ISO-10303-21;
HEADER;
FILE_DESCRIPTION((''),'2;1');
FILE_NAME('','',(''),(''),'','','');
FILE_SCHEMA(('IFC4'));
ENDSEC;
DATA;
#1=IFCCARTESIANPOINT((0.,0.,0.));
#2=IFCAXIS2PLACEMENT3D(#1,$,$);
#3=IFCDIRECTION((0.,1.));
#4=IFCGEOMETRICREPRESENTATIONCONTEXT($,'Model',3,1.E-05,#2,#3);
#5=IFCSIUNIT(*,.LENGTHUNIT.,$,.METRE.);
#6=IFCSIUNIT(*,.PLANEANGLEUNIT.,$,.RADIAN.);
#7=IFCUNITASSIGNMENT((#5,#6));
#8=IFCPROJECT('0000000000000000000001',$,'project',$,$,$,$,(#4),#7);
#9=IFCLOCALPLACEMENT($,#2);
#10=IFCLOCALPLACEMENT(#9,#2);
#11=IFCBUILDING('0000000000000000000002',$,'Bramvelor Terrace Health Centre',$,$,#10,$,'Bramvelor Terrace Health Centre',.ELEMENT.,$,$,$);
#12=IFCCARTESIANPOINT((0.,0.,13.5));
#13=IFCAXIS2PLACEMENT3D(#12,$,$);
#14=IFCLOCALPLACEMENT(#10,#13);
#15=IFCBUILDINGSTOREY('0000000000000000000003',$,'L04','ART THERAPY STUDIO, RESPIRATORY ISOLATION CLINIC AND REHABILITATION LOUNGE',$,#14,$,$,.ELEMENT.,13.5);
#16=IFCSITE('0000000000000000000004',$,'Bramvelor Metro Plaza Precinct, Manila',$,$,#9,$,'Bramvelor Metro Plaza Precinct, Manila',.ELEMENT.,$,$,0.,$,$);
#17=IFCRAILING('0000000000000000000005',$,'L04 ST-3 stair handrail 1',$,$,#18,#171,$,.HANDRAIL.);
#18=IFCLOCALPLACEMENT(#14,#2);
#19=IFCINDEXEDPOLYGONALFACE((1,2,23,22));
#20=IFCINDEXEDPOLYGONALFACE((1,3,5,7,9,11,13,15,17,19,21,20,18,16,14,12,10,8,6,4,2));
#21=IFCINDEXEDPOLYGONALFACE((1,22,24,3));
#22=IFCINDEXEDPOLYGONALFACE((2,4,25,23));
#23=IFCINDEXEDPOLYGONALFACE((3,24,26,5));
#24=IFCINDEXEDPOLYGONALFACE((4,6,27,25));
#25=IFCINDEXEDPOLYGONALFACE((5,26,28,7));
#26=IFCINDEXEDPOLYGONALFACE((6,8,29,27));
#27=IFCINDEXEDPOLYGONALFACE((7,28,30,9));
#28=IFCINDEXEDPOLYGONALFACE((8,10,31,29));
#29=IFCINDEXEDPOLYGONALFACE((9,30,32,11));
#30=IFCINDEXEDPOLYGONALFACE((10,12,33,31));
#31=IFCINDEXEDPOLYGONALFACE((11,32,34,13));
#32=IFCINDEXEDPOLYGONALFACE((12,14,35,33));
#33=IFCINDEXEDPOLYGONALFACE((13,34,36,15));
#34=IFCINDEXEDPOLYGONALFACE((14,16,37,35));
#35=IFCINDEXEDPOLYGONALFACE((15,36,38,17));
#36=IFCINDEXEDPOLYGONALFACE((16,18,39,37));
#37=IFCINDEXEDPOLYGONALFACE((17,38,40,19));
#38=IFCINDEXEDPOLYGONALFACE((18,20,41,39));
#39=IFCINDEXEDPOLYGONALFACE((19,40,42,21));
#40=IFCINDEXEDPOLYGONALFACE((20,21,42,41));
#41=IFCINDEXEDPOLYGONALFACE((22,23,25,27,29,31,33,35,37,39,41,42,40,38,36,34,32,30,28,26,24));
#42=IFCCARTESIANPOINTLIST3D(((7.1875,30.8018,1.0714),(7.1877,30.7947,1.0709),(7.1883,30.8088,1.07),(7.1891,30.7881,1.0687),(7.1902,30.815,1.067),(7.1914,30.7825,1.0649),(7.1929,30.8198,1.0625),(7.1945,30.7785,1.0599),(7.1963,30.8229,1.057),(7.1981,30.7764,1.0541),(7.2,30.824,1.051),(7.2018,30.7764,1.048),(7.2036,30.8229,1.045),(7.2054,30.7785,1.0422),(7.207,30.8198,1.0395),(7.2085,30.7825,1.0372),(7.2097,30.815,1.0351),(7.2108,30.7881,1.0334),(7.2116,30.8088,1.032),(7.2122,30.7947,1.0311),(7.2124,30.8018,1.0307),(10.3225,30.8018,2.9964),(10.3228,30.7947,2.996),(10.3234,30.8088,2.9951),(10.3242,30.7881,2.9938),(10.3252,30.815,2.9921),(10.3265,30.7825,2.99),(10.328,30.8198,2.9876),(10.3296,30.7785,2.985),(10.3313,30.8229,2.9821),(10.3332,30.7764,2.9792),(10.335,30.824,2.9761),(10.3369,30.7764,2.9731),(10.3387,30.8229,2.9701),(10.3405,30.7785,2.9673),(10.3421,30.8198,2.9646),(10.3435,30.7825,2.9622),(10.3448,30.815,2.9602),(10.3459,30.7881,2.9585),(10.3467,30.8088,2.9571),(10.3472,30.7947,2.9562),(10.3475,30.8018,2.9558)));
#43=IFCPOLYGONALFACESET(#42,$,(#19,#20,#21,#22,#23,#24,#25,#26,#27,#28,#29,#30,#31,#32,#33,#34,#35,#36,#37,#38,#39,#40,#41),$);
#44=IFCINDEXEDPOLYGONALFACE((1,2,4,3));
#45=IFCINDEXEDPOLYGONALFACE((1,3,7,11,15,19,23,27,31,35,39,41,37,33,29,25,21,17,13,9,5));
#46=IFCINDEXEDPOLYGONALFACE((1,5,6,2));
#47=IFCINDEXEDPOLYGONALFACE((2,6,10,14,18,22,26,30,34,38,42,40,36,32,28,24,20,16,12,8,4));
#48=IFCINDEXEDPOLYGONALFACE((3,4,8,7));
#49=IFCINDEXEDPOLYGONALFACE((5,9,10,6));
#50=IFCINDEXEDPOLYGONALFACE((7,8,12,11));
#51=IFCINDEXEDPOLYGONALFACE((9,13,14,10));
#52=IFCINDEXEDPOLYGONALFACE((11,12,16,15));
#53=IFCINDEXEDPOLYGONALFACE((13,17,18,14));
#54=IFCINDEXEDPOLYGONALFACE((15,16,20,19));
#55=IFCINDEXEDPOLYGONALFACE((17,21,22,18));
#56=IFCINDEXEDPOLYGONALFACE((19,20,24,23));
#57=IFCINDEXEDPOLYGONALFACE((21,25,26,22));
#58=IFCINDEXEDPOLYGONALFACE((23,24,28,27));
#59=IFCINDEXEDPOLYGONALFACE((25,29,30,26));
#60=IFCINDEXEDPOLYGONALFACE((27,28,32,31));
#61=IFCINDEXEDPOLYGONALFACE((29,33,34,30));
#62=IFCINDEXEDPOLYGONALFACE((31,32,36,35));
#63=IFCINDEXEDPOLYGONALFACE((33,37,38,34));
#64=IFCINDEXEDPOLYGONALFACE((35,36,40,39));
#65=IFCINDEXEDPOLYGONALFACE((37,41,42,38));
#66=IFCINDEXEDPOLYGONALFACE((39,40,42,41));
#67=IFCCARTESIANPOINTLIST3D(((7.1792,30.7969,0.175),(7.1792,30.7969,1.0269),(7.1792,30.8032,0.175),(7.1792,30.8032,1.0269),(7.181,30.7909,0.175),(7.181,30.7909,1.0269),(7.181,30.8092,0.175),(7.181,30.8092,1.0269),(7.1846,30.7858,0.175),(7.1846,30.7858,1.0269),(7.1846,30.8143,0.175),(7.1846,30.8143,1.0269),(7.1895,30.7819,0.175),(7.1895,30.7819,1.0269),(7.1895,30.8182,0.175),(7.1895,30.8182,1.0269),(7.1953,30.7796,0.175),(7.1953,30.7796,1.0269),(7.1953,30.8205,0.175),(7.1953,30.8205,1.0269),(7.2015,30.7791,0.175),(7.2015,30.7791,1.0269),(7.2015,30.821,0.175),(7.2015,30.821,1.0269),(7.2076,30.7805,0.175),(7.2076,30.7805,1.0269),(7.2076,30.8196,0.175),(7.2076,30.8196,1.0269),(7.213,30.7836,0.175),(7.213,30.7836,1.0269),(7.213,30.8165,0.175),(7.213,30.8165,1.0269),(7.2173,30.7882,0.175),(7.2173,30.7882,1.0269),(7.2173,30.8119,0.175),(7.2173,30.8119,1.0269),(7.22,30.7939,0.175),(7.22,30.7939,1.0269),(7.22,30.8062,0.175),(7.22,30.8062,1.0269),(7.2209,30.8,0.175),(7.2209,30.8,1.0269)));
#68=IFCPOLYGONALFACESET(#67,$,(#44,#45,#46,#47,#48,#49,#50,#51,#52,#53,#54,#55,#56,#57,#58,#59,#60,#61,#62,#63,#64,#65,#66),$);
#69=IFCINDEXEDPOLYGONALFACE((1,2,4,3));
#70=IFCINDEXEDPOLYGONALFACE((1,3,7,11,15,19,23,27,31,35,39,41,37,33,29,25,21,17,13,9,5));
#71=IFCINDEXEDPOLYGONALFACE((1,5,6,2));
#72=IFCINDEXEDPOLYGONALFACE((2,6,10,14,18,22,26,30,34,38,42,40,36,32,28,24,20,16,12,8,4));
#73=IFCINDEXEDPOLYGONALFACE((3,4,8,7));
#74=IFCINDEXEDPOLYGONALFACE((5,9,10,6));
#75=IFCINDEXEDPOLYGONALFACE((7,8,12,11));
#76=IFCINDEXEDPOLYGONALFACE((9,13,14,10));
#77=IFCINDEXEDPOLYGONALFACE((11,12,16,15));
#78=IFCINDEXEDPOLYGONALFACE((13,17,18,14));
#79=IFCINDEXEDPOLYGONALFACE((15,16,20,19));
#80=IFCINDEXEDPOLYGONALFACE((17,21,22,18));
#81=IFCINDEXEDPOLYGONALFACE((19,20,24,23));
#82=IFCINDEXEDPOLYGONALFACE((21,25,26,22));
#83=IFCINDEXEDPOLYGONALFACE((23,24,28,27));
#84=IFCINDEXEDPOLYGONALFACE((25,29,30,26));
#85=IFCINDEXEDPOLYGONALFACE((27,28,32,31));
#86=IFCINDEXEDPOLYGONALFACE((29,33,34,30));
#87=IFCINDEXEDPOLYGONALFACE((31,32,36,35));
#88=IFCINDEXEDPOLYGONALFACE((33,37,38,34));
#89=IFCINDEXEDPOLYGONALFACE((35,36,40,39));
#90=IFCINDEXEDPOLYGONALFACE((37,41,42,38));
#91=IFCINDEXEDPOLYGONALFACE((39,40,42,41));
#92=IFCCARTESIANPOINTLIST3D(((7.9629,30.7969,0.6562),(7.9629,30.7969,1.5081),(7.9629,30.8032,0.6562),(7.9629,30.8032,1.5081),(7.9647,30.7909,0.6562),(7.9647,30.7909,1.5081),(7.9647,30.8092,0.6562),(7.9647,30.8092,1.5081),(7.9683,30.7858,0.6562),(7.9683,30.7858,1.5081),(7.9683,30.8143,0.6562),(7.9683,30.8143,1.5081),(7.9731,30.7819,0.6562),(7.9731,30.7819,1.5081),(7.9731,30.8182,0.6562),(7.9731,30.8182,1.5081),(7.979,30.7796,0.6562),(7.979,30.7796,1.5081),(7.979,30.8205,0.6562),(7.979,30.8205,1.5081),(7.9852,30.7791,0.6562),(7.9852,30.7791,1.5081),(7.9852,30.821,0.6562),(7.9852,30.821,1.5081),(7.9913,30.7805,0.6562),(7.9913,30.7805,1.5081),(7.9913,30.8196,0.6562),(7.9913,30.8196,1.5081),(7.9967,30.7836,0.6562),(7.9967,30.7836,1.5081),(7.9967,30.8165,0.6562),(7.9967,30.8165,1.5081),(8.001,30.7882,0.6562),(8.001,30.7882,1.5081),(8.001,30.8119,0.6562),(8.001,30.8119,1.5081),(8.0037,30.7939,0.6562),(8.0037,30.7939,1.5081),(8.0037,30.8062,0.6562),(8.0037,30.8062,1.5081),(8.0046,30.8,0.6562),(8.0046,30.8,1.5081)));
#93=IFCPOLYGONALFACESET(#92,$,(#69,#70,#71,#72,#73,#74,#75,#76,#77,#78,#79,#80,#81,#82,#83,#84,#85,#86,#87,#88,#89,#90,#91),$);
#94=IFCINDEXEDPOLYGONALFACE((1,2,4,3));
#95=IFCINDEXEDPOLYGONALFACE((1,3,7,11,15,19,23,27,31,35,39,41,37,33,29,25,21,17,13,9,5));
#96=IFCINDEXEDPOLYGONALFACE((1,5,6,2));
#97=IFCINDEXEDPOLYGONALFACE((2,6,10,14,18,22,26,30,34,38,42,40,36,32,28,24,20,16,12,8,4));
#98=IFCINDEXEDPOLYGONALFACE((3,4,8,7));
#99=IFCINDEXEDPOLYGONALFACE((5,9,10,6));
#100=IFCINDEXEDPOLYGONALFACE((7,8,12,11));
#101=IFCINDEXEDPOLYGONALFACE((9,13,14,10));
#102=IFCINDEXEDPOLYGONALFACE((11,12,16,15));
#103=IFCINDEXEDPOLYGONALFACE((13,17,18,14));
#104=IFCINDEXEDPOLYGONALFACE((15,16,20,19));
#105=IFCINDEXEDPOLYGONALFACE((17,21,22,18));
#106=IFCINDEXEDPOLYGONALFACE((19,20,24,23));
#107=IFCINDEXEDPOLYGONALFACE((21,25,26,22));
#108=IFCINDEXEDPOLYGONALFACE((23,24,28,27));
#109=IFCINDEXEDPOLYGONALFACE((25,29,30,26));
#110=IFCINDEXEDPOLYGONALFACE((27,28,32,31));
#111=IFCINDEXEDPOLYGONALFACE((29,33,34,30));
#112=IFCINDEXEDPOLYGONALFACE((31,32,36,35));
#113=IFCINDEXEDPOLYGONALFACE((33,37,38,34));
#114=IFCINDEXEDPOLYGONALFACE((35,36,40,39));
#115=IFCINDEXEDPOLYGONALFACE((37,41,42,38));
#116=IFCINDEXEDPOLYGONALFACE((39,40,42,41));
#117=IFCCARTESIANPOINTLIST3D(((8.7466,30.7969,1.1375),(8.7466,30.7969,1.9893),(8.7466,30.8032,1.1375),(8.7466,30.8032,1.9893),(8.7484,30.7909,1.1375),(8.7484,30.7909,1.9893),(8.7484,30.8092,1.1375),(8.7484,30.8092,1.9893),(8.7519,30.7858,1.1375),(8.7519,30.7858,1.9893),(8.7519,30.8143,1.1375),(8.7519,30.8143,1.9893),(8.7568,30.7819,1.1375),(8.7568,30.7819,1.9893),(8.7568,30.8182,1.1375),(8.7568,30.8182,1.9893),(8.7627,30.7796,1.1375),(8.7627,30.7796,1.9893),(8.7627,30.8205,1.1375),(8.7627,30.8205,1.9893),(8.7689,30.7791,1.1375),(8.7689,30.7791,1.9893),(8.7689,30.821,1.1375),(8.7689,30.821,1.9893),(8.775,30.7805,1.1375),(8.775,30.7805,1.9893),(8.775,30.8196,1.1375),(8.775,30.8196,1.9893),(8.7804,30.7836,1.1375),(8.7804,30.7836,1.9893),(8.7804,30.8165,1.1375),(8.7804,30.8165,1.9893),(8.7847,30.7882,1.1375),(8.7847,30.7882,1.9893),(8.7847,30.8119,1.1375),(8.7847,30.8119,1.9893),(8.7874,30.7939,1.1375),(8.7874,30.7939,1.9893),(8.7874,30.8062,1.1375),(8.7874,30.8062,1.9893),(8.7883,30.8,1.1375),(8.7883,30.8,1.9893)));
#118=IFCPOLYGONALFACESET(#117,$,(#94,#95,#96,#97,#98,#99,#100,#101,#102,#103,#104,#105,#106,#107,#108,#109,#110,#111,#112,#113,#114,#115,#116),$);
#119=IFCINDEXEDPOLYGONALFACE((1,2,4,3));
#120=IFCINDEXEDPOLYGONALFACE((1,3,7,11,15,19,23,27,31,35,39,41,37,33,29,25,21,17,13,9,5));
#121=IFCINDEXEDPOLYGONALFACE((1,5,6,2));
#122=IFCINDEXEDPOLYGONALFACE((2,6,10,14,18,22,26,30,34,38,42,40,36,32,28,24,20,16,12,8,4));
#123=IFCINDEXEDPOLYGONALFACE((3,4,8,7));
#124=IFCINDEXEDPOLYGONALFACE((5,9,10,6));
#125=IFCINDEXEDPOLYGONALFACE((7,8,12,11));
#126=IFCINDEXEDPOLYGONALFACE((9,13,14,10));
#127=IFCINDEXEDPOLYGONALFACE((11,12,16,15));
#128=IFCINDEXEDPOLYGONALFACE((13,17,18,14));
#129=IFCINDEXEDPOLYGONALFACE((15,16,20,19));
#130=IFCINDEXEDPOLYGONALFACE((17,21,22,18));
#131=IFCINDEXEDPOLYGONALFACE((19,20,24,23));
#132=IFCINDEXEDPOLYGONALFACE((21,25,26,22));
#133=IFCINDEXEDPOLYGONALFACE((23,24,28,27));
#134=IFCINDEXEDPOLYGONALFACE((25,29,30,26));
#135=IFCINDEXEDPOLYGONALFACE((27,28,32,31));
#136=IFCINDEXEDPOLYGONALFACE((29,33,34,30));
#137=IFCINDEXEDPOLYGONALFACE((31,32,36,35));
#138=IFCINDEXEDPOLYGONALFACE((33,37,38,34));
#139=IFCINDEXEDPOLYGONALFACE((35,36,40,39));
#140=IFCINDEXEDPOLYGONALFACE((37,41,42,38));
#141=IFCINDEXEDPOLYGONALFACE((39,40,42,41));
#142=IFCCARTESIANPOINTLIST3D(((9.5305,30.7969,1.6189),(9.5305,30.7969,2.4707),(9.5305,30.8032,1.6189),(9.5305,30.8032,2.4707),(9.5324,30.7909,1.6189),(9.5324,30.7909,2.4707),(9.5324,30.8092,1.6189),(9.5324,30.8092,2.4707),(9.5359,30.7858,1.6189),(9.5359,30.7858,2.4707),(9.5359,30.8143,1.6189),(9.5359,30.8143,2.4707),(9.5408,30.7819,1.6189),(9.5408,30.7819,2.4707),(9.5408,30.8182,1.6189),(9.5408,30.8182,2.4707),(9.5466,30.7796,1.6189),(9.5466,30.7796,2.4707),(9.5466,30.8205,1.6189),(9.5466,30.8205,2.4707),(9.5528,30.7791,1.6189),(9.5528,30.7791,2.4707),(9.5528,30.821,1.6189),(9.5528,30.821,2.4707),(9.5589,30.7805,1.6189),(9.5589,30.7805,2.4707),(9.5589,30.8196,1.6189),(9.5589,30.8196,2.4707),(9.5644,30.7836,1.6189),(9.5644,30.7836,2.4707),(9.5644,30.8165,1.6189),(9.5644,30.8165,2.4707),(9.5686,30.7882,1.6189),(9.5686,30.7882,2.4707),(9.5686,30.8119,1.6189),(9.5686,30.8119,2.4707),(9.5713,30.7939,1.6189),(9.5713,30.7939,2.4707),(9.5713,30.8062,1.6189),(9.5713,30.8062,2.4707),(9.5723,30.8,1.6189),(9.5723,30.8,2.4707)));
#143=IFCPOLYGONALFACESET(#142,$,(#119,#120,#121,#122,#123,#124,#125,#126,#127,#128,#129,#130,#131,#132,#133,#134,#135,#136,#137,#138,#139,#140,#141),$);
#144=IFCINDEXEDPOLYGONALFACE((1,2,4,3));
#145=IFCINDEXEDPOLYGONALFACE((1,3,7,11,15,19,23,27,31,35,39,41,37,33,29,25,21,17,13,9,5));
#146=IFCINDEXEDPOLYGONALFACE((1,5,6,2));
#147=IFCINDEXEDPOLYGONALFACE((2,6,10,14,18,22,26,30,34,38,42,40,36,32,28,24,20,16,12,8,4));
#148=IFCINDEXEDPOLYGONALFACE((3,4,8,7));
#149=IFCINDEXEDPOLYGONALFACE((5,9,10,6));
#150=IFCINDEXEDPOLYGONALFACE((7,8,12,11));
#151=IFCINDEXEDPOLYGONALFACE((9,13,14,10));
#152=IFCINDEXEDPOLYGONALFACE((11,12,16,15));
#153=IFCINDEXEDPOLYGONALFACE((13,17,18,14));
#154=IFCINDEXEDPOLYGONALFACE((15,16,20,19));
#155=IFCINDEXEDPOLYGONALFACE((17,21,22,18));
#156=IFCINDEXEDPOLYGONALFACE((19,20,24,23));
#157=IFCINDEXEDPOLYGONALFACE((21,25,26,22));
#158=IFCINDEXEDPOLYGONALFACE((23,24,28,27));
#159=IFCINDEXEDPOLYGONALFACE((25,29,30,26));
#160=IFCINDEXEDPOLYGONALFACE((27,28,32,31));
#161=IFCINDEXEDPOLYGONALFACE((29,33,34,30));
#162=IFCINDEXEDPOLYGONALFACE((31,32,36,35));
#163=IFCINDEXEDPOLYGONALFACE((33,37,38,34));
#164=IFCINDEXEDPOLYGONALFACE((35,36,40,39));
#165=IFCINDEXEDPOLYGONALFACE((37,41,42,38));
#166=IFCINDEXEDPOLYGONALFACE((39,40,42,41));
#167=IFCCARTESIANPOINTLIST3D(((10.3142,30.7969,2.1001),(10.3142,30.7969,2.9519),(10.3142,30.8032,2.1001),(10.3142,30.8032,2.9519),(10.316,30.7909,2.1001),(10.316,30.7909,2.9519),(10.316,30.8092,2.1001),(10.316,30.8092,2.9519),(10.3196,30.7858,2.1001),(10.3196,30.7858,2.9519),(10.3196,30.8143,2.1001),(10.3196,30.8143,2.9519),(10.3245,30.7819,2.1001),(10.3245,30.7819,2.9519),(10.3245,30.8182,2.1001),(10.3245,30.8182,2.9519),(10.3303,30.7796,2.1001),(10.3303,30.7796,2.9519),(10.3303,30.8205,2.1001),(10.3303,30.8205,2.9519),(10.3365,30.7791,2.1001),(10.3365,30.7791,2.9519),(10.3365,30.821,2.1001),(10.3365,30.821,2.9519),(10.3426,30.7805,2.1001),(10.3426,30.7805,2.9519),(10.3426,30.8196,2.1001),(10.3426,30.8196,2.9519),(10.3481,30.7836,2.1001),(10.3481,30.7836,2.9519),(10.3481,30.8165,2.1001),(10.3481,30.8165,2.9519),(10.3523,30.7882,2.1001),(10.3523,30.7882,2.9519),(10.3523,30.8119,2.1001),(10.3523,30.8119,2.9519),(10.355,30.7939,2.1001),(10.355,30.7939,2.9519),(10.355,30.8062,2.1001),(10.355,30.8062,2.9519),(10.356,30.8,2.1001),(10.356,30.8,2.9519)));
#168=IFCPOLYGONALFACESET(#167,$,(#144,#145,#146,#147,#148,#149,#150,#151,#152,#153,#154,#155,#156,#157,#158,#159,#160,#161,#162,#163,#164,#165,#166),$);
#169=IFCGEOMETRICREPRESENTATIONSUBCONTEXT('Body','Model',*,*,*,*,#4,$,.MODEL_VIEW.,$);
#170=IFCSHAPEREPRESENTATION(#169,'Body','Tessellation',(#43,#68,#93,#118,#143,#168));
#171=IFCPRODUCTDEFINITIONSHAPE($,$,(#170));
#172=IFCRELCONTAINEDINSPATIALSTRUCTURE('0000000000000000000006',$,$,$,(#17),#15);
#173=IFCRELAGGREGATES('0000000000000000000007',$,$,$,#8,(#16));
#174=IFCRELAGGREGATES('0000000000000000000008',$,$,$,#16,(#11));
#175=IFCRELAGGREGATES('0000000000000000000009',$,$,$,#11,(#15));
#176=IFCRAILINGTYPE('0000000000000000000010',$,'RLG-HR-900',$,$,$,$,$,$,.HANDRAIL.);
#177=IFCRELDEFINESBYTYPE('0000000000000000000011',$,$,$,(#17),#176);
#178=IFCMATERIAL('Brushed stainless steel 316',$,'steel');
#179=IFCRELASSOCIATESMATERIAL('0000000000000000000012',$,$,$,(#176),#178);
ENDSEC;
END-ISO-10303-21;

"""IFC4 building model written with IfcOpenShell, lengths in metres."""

from ifc_helpers import new_model, si_unit, direction, frame, origin, origin_2d, place, context, subcontext, project, spatial, circle, extrude, material, type_object, element, save


model = new_model("IFC4")

# Units and contexts
model_context = context("Model", 3, precision=1e-05, world=origin(), true_north=direction((0.0, 1.0)))
body_context = subcontext(model_context, "Body", "Model", "MODEL_VIEW")
ifc_project = project(units=[si_unit("LENGTHUNIT", "METRE"), si_unit("PLANEANGLEUNIT", "RADIAN")], contexts=[model_context])

# Site, building, storey
site_placement = place(None, origin())
site = spatial("IfcSite", under=ifc_project, at=site_placement, Name="Bramvelor Metro Plaza Precinct, Manila", LongName="Bramvelor Metro Plaza Precinct, Manila", CompositionType="ELEMENT", RefElevation=0.0)
building_placement = place(site_placement, origin())
building = spatial("IfcBuilding", under=site, at=building_placement, Name="Bramvelor Terrace Health Centre", LongName="Bramvelor Terrace Health Centre", CompositionType="ELEMENT")
storey_placement = place(building_placement, frame((0.0, 0.0, 13.5)))
storey = spatial("IfcBuildingStorey", under=building, at=storey_placement, Name="L04", Description="ART THERAPY STUDIO, RESPIRATORY ISOLATION CLINIC AND REHABILITATION LOUNGE", CompositionType="ELEMENT", Elevation=13.5)

# Railing
ifc_material_1 = material(Name="Brushed stainless steel 316", Category="steel")
railing_type = type_object("IfcRailingType", Name="RLG-HR-900", PredefinedType="HANDRAIL", material=ifc_material_1)
railing_placement = place(storey_placement, frame((7.2, 30.8, 0.175)))
element("IfcRailing", 1, at=railing_placement, inside=storey, type_object=railing_type, Name="L04 ST-3 stair handrail 1", PredefinedType="HANDRAIL", context=body_context, shape_type="SweptSolid", body=[
    extrude(circle(Radius=0.0239, at=origin_2d()), frame((0.0, 0.0, 0.876), z_axis=(0.852166, 0.0, 0.523271), x_axis=(0.0, 1.0, 0.0)), (0.0, 0.0, 1.0), 3.679),
    extrude(circle(Radius=0.021, at=origin_2d()), origin(), (0.0, 0.0, 1.0), 0.8518),
    extrude(circle(Radius=0.021, at=origin_2d()), frame((0.7837, 0.0, 0.4812)), (0.0, 0.0, 1.0), 0.8518),
    extrude(circle(Radius=0.021, at=origin_2d()), frame((1.5674, 0.0, 0.9624)), (0.0, 0.0, 1.0), 0.8518),
    extrude(circle(Radius=0.021, at=origin_2d()), frame((2.3513, 0.0, 1.4438)), (0.0, 0.0, 1.0), 0.8518),
    extrude(circle(Radius=0.021, at=origin_2d()), frame((3.135, 0.0, 1.925)), (0.0, 0.0, 1.0), 0.8518),
])

save(model, "model.ifc")
